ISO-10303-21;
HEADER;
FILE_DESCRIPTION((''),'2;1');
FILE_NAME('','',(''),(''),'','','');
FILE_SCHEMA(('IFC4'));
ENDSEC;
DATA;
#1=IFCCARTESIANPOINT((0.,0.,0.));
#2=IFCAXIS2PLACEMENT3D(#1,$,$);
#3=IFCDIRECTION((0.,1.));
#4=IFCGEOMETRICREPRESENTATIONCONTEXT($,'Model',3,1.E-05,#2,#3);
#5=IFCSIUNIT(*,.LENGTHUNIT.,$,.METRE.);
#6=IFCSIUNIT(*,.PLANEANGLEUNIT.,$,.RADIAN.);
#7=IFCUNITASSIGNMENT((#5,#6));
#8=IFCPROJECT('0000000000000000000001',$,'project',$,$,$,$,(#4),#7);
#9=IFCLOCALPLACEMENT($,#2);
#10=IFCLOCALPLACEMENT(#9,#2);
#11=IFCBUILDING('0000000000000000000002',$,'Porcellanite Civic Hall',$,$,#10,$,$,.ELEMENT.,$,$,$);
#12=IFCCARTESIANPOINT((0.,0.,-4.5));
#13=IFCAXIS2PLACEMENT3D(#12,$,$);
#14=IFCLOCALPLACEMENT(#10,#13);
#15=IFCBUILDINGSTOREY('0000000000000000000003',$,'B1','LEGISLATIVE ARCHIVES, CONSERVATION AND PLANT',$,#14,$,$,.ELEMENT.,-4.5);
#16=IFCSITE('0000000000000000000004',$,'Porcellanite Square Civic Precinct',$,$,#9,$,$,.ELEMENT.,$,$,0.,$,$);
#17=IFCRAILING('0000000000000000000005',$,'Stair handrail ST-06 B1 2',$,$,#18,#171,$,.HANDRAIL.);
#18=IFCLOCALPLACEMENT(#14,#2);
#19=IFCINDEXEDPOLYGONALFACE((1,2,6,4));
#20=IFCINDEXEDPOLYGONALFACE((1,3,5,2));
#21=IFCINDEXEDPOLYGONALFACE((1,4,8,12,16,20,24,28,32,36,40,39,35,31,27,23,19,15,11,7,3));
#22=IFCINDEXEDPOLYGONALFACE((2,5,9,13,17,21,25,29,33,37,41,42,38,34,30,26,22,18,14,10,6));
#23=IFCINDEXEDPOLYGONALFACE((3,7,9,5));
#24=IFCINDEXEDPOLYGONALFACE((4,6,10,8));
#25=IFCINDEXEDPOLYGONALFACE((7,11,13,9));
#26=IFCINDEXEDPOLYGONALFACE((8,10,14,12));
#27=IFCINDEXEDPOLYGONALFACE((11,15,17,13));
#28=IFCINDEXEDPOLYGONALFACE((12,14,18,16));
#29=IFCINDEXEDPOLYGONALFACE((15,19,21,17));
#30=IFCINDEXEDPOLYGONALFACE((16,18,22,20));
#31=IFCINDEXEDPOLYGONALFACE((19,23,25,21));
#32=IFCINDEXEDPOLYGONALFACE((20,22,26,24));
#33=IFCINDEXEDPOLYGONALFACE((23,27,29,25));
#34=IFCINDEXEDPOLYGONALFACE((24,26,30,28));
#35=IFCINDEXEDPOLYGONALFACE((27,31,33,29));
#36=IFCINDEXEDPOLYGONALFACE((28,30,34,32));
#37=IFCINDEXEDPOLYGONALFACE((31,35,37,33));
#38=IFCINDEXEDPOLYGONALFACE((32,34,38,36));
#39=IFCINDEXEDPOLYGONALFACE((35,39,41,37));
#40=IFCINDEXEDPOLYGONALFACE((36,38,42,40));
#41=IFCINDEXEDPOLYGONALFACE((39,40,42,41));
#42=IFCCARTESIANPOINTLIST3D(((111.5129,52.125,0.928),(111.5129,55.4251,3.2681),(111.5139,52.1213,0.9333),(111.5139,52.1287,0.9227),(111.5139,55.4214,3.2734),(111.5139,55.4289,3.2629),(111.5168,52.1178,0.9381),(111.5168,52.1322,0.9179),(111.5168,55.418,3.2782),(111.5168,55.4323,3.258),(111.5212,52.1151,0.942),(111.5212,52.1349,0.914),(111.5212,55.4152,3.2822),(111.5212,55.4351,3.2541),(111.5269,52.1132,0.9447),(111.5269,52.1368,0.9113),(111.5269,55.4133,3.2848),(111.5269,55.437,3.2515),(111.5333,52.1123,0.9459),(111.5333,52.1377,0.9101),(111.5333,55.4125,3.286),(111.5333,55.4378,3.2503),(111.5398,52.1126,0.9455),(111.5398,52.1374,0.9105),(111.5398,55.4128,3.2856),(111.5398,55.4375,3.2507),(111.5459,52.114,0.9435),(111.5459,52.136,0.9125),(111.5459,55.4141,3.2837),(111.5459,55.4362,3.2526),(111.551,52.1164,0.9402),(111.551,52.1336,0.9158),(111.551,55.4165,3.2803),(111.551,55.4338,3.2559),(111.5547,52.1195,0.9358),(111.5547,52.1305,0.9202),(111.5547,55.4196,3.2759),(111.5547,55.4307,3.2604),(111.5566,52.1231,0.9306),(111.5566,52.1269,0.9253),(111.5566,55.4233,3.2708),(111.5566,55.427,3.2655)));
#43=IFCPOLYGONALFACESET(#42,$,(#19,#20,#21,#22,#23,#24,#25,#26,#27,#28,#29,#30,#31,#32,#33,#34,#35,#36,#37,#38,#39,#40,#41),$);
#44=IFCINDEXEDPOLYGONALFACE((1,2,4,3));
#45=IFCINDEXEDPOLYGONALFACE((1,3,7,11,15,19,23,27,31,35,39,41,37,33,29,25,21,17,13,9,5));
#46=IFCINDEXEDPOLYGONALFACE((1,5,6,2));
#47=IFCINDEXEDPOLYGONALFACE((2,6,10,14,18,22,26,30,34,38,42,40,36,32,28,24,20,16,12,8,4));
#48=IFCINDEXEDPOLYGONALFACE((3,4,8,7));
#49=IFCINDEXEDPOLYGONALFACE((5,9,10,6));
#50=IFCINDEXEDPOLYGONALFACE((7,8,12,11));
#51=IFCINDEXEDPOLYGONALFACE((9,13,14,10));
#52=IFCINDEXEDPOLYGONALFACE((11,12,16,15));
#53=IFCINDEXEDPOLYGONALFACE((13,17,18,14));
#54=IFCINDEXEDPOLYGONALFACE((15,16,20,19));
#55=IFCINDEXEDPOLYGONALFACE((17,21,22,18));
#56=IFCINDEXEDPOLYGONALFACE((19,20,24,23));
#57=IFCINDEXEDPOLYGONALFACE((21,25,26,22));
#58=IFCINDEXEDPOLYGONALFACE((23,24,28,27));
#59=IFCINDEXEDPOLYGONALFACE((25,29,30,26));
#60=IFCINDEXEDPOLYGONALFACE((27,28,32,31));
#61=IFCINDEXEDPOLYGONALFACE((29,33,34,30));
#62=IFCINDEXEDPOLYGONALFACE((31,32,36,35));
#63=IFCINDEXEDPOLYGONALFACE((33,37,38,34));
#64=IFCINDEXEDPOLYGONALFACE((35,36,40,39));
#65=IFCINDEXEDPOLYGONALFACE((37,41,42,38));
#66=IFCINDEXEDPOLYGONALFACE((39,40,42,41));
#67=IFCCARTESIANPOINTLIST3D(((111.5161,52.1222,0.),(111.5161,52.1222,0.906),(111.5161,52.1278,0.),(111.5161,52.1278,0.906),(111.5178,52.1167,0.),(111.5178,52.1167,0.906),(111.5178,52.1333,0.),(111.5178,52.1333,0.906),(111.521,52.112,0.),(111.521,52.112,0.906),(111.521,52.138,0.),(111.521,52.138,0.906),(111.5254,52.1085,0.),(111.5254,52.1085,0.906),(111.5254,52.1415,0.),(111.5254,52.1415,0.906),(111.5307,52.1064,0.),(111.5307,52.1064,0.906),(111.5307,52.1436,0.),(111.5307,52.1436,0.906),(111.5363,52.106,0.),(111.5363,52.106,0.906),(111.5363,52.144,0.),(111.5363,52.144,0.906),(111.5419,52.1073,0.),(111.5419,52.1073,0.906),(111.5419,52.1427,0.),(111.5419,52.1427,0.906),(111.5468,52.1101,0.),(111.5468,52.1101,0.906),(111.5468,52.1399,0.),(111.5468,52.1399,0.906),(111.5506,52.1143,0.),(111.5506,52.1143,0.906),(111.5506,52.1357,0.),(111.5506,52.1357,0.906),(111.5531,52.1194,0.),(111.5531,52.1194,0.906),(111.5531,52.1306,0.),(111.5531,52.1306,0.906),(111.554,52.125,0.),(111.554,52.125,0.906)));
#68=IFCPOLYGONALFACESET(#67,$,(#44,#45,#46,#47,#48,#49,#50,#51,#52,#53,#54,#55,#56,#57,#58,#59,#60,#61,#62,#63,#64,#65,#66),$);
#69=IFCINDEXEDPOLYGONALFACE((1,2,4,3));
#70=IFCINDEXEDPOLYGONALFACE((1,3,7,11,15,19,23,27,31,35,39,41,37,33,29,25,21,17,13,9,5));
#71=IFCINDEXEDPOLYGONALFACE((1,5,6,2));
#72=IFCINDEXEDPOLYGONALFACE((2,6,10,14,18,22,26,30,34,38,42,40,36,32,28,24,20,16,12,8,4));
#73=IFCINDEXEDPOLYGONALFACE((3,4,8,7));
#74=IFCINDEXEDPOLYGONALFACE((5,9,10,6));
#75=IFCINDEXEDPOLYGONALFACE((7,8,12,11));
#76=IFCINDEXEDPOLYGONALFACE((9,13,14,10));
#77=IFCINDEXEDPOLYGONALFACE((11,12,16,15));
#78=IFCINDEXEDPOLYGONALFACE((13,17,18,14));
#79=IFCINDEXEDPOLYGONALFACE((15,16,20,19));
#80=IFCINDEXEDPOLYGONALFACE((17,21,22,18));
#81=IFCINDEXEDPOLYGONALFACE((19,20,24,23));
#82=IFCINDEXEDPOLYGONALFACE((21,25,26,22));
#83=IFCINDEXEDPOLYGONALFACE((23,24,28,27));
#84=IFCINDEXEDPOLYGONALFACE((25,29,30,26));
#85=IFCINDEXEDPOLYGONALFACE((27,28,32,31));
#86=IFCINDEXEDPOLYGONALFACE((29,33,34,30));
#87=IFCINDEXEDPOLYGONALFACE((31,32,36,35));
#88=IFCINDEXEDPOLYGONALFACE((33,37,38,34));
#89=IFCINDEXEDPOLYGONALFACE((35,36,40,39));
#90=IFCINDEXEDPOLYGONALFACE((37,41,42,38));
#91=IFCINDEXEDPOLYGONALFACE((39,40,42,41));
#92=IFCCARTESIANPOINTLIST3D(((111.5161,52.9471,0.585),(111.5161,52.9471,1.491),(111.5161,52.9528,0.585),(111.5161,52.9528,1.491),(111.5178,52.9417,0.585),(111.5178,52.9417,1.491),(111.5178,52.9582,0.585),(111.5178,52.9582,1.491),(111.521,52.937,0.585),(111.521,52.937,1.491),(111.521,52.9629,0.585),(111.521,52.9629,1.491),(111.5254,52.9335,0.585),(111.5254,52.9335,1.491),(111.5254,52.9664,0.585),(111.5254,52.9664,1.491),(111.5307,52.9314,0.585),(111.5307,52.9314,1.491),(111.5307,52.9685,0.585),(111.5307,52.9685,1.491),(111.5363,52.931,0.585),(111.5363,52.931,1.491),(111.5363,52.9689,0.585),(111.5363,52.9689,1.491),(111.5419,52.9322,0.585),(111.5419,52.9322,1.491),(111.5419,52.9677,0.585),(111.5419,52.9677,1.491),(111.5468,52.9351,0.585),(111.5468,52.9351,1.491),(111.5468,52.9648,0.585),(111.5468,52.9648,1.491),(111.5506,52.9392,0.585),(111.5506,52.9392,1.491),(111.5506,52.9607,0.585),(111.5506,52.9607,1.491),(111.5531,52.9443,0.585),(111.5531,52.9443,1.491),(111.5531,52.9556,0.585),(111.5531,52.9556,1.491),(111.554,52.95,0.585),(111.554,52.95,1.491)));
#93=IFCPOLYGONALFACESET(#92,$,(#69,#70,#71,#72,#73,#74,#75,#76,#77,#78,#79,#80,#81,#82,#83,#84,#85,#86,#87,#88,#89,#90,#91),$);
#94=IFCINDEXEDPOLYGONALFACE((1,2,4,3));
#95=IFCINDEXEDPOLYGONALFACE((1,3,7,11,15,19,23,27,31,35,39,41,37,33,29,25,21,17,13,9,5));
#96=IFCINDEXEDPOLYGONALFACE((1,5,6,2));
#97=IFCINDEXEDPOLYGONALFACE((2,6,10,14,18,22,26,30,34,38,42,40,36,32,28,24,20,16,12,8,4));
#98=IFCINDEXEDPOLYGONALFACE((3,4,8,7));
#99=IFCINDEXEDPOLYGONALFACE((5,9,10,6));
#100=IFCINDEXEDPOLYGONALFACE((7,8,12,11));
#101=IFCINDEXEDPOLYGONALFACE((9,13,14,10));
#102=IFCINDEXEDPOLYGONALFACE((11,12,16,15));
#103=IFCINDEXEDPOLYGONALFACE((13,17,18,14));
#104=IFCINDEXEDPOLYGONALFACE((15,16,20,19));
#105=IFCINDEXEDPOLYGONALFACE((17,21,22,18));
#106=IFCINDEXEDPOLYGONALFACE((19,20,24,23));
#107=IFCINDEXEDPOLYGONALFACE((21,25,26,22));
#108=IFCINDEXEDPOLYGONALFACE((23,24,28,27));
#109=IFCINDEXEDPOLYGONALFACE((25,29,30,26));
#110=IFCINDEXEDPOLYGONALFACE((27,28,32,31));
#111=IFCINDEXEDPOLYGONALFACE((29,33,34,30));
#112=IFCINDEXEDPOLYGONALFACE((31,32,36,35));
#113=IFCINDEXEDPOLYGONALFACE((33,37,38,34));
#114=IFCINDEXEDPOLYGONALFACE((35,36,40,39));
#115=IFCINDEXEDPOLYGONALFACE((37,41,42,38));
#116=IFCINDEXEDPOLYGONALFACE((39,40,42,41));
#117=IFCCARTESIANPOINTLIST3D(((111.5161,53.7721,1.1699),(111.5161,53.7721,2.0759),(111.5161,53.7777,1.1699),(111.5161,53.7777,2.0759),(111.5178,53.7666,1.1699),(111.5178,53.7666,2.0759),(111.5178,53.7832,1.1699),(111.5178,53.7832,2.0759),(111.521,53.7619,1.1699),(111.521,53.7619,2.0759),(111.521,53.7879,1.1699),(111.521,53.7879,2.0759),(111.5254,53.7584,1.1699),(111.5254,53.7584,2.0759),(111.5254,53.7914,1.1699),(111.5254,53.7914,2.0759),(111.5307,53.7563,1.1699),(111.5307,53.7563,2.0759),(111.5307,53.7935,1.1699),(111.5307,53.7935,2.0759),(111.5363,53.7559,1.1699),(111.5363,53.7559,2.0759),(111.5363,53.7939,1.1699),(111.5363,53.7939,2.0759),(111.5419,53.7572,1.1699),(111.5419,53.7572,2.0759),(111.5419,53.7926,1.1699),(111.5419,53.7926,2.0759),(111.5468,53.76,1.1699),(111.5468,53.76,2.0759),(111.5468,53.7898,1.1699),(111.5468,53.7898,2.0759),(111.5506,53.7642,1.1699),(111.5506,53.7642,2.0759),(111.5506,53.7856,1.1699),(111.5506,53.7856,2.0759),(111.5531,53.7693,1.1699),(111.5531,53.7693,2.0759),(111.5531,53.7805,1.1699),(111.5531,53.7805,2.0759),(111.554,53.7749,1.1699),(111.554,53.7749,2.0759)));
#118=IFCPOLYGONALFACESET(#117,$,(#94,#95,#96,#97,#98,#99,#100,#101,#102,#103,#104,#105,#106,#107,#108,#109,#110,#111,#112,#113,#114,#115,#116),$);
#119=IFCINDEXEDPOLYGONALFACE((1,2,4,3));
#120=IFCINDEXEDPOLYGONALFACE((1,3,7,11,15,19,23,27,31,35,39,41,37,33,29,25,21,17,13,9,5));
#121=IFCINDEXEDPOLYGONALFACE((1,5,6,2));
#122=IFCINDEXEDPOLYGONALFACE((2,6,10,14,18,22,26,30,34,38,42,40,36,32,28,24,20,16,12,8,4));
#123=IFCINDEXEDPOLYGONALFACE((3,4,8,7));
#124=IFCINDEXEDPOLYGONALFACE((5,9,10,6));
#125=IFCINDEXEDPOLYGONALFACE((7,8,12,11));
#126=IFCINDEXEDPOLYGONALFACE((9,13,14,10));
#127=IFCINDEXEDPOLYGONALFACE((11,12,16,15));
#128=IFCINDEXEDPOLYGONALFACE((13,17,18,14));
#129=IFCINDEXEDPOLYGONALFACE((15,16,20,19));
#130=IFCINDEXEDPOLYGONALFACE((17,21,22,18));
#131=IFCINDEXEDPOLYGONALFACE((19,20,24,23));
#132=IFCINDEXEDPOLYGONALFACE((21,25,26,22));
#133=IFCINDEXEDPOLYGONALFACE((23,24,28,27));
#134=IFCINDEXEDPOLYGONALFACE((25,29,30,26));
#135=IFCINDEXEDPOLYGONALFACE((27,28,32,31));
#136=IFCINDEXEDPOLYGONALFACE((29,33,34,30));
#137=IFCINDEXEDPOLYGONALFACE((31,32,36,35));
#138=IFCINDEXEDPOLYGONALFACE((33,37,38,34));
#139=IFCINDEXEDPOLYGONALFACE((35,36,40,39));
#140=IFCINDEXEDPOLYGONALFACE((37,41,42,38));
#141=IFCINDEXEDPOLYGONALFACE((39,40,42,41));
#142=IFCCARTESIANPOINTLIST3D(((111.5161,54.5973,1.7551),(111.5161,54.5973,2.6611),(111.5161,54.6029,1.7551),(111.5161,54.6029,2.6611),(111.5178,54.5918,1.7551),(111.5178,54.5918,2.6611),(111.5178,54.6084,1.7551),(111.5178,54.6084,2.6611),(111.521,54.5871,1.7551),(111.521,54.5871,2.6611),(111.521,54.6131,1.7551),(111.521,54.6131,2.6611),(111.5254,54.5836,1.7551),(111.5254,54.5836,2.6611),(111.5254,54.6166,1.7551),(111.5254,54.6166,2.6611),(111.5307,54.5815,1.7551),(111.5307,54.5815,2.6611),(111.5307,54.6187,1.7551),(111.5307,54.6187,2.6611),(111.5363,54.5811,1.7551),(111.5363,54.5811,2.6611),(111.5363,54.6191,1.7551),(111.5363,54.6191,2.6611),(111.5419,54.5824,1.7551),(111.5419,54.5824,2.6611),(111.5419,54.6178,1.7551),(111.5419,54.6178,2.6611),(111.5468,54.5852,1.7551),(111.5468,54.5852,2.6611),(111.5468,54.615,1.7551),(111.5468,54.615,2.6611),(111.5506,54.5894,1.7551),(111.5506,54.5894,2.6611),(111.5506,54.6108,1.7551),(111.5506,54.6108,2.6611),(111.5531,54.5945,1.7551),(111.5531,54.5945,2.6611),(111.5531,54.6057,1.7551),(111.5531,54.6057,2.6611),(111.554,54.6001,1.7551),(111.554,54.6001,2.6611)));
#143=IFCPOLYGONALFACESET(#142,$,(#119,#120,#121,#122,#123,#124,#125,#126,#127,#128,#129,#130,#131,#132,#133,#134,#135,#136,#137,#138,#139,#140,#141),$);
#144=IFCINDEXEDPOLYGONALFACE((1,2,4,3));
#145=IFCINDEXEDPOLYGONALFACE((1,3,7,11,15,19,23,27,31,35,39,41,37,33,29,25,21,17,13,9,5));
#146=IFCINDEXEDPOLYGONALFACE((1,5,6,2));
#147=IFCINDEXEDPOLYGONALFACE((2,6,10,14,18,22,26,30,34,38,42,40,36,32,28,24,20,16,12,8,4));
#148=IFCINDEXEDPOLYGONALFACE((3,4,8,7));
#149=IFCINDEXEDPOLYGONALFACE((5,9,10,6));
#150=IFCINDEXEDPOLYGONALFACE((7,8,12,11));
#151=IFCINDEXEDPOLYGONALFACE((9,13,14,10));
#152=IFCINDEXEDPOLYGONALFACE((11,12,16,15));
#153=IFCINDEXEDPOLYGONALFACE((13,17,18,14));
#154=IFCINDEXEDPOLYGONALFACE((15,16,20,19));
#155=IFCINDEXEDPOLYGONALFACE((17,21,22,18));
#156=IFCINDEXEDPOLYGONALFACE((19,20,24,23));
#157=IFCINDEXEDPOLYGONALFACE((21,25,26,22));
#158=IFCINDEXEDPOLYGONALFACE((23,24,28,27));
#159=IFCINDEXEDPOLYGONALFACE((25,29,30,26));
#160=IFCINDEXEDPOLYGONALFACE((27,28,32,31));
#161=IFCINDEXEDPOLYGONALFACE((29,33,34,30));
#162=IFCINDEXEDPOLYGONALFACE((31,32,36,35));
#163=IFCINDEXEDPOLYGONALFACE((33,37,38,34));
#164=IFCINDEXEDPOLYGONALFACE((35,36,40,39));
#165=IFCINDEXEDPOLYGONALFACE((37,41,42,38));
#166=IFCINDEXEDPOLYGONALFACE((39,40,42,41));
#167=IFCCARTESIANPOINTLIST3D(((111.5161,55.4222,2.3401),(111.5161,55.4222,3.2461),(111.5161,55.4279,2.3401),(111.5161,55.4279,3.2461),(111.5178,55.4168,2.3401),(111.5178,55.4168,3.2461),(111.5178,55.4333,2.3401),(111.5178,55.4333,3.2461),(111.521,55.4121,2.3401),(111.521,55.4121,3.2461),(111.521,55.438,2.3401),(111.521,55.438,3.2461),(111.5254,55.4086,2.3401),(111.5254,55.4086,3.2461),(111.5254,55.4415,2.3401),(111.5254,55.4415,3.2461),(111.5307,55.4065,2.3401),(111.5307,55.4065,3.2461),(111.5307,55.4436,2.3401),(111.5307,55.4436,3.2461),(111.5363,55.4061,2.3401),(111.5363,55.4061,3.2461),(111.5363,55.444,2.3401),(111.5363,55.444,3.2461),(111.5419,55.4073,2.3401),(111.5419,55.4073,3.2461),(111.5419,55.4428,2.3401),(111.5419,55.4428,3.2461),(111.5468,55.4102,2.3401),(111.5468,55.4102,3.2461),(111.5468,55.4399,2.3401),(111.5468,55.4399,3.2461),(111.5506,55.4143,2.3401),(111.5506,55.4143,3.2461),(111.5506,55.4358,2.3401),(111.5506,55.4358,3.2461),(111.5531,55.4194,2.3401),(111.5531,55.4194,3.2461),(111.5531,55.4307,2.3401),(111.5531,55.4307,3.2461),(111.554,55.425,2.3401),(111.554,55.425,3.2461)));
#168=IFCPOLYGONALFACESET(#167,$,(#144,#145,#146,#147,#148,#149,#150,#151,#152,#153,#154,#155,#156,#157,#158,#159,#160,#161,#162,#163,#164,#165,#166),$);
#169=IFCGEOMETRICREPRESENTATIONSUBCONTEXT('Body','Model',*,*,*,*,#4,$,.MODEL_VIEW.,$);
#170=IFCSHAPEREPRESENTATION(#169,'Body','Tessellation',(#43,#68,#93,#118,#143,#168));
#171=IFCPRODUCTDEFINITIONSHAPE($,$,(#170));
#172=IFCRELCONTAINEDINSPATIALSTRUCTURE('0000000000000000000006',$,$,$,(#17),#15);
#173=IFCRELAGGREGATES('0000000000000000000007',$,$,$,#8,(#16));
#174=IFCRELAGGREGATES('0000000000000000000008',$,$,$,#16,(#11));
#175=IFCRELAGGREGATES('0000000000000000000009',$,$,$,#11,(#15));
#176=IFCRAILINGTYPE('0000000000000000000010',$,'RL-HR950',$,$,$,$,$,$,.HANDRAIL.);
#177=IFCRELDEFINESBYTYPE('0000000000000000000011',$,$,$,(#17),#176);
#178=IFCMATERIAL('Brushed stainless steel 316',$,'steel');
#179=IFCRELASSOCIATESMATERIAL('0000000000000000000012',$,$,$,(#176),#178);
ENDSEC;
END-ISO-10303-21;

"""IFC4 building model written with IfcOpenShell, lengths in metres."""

from ifc_helpers import new_model, si_unit, direction, frame, origin, origin_2d, place, context, subcontext, project, spatial, circle, extrude, material, type_object, element, save


model = new_model("IFC4")

# Units and contexts
model_context = context("Model", 3, precision=1e-05, world=origin(), true_north=direction((0.0, 1.0)))
body_context = subcontext(model_context, "Body", "Model", "MODEL_VIEW")
ifc_project = project(units=[si_unit("LENGTHUNIT", "METRE"), si_unit("PLANEANGLEUNIT", "RADIAN")], contexts=[model_context])

# Site, building, storey
site_placement = place(None, origin())
site = spatial("IfcSite", under=ifc_project, at=site_placement, Name="Porcellanite Square Civic Precinct", CompositionType="ELEMENT", RefElevation=0.0)
building_placement = place(site_placement, origin())
building = spatial("IfcBuilding", under=site, at=building_placement, Name="Porcellanite Civic Hall", CompositionType="ELEMENT")
storey_placement = place(building_placement, frame((0.0, 0.0, -4.5)))
storey = spatial("IfcBuildingStorey", under=building, at=storey_placement, Name="B1", Description="LEGISLATIVE ARCHIVES, CONSERVATION AND PLANT", CompositionType="ELEMENT", Elevation=-4.5)

# Railing
ifc_material_1 = material(Name="Brushed stainless steel 316", Category="steel")
railing_type_1 = type_object("IfcRailingType", Name="RL-HR950", PredefinedType="HANDRAIL", material=ifc_material_1)
railing_1_placement = place(storey_placement, frame((111.5349, 52.125, 0.0)))
element("IfcRailing", 1, at=railing_1_placement, inside=storey, type_object=railing_type_1, Name="Stair handrail ST-06 B1 2", PredefinedType="HANDRAIL", context=body_context, shape_type="SweptSolid", body=[
    extrude(circle(Radius=0.022, at=origin_2d()), frame((0.0, 0.0, 0.928), z_axis=(0.0, 0.815727, 0.578438), x_axis=(-1.0, 0.0, 0.0)), (0.0, 0.0, 1.0), 4.0457),
    extrude(circle(Radius=0.019, at=origin_2d()), origin(), (0.0, 0.0, 1.0), 0.906),
    extrude(circle(Radius=0.019, at=origin_2d()), frame((0.0, 0.825, 0.585)), (0.0, 0.0, 1.0), 0.906),
    extrude(circle(Radius=0.019, at=origin_2d()), frame((0.0, 1.6499, 1.1699)), (0.0, 0.0, 1.0), 0.906),
    extrude(circle(Radius=0.019, at=origin_2d()), frame((0.0, 2.4751, 1.7551)), (0.0, 0.0, 1.0), 0.906),
    extrude(circle(Radius=0.019, at=origin_2d()), frame((0.0, 3.3, 2.3401)), (0.0, 0.0, 1.0), 0.906),
])

save(model, "model.ifc")
